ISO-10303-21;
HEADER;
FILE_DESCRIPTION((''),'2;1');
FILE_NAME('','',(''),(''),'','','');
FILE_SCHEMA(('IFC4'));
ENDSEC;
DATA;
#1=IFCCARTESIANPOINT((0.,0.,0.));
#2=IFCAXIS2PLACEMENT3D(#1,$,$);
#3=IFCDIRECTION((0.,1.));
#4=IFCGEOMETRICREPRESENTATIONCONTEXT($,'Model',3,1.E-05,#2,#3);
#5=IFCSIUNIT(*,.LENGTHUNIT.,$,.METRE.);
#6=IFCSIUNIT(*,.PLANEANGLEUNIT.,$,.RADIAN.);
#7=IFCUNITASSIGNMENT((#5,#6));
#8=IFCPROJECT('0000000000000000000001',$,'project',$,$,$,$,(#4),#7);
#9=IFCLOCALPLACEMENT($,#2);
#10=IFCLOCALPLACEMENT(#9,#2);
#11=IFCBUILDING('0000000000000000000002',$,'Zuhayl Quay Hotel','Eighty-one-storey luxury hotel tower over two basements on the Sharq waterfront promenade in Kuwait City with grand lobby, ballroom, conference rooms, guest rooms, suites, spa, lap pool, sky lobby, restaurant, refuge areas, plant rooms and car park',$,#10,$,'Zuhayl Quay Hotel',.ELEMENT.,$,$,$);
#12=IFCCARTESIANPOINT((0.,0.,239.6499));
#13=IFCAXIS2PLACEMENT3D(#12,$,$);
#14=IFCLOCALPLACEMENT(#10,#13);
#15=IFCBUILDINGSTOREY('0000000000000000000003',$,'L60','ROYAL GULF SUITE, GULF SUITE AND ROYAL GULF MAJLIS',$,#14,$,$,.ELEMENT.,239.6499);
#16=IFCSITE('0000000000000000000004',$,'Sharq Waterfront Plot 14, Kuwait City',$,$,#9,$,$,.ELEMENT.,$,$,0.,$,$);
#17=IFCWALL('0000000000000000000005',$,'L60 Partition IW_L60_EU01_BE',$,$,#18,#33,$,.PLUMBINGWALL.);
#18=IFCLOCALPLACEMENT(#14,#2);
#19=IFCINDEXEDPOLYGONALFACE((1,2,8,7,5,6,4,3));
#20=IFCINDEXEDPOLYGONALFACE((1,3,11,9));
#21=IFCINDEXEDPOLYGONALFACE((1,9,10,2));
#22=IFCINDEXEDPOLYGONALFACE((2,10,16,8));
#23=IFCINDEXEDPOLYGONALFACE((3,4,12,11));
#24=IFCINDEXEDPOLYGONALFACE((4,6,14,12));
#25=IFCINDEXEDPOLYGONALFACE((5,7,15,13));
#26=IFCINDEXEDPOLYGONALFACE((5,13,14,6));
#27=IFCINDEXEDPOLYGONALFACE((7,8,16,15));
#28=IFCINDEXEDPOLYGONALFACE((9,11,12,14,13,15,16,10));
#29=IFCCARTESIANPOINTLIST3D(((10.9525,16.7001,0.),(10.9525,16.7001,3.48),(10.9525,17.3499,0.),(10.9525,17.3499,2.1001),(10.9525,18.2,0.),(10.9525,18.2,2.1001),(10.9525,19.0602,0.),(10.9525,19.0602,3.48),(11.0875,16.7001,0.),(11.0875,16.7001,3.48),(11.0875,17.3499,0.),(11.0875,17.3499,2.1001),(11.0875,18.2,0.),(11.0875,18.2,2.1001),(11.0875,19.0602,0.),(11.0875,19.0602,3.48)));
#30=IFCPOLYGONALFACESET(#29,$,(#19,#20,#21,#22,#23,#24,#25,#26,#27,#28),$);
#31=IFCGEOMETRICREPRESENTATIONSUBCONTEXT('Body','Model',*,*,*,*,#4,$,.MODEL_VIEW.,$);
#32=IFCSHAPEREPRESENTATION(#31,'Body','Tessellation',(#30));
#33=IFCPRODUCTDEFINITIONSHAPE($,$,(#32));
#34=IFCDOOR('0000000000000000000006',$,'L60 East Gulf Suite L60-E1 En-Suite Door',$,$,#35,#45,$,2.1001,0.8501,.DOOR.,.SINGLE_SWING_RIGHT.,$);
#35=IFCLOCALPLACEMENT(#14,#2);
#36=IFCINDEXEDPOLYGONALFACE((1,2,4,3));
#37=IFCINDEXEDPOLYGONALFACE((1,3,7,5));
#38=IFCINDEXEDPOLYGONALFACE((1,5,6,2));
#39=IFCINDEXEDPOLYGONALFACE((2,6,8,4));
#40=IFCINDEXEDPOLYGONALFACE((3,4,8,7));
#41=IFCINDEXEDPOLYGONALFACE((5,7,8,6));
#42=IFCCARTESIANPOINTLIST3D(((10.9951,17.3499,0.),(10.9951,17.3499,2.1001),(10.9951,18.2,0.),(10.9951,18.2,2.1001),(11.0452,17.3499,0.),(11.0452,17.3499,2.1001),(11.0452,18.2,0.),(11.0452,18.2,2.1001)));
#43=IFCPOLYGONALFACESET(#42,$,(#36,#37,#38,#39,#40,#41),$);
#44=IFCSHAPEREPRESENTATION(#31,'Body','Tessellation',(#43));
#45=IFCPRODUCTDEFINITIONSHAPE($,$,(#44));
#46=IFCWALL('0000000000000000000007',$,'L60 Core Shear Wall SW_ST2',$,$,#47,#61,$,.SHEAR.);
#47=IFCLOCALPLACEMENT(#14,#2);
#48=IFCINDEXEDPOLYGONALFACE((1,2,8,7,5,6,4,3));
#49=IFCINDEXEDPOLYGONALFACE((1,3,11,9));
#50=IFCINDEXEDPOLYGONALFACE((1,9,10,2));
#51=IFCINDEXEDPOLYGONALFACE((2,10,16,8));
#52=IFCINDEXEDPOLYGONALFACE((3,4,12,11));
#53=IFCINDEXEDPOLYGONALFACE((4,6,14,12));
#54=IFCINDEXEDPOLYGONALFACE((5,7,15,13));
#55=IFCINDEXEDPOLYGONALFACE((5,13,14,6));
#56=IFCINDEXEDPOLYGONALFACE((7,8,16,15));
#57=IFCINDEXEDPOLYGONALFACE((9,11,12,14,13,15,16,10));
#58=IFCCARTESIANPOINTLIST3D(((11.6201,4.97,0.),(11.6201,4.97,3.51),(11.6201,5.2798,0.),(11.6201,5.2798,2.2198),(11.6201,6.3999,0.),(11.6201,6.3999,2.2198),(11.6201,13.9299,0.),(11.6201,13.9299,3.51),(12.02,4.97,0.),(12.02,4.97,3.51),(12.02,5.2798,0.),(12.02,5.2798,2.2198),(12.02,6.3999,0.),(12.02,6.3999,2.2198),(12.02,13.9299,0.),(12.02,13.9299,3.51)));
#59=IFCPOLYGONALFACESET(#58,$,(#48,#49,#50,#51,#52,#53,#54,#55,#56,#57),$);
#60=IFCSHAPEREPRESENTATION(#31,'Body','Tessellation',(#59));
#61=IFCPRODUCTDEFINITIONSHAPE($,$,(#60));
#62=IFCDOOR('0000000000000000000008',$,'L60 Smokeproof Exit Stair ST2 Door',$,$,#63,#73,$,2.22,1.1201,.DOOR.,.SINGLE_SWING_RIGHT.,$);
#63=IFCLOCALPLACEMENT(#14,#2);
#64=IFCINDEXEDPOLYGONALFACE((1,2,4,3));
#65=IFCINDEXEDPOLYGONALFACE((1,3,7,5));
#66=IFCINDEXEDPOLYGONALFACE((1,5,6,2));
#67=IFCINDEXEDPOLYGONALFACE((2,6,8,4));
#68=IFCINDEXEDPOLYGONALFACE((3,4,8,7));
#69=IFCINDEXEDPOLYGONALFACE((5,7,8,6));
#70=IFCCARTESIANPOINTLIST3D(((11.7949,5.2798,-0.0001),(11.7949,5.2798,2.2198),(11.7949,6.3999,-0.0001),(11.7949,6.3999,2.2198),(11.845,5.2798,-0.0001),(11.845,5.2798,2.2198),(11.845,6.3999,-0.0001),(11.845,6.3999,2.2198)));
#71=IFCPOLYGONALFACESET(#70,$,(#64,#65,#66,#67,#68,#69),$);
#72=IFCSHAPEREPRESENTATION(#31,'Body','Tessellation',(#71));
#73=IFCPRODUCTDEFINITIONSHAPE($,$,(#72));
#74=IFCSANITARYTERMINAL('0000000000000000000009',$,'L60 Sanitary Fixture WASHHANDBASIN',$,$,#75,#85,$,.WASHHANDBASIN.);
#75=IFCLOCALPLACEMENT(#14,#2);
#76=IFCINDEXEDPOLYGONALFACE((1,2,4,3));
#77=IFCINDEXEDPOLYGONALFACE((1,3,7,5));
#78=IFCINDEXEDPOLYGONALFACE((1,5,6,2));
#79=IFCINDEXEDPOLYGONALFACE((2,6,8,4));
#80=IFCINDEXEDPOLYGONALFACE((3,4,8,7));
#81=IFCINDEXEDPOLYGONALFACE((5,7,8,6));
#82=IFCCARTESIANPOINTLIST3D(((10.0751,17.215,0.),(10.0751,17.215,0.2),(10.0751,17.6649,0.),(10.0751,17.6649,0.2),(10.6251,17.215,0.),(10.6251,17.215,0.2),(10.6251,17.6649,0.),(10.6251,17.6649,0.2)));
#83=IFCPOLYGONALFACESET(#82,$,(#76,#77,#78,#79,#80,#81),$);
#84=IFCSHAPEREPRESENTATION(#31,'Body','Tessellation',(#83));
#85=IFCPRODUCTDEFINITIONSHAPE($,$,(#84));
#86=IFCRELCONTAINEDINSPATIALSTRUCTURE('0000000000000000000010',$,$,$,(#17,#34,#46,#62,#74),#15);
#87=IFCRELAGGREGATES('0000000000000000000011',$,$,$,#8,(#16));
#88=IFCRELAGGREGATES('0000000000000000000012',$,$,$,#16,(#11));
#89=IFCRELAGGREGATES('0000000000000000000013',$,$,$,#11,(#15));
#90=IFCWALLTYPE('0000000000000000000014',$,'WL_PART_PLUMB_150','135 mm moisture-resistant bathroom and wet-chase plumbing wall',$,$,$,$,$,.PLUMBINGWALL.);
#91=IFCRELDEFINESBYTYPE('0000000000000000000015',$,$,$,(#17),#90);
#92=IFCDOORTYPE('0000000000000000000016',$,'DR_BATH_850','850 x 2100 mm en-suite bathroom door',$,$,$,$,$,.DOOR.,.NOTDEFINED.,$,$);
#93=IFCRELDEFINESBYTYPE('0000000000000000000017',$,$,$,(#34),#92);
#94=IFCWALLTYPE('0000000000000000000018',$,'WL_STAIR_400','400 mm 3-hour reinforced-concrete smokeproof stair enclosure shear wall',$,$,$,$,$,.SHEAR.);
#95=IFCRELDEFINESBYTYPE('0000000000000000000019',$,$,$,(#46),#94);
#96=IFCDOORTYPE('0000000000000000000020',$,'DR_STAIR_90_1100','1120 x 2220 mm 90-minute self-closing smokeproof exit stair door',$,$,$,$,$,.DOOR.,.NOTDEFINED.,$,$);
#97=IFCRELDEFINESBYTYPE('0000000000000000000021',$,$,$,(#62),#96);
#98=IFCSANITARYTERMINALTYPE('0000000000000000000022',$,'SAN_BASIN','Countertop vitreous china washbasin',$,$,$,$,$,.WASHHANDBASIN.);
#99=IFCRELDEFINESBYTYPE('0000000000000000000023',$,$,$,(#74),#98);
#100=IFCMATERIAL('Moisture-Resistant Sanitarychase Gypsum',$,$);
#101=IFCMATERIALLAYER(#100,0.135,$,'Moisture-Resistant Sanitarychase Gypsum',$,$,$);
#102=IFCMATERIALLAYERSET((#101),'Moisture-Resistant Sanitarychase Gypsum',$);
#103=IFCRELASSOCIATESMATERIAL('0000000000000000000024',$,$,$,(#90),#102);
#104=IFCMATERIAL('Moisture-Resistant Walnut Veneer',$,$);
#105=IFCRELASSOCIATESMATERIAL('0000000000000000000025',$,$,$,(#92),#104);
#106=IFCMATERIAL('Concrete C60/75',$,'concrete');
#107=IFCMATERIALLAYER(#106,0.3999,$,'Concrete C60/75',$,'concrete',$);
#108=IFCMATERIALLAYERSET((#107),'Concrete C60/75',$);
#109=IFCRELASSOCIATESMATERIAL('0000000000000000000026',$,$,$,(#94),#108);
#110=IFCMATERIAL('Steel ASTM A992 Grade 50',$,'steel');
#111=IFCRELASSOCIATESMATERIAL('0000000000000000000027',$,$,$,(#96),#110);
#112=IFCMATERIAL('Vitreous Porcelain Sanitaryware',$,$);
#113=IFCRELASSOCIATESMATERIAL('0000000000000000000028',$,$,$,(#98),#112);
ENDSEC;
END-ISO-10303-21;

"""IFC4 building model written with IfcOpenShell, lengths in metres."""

from ifc_helpers import new_model, si_unit, direction, frame, frame_2d, origin, origin_2d, place, context, subcontext, project, spatial, rectangle, extrude, material, layer, layer_set, type_object, element, fill, save


model = new_model("IFC4")

# Units and contexts
model_context = context("Model", 3, precision=1e-05, world=origin(), true_north=direction((0.0, 1.0)))
body_context = subcontext(model_context, "Body", "Model", "MODEL_VIEW")
ifc_project = project(units=[si_unit("LENGTHUNIT", "METRE"), si_unit("PLANEANGLEUNIT", "RADIAN")], contexts=[model_context])

# Site, building, storey
site_placement = place(None, origin())
site = spatial("IfcSite", under=ifc_project, at=site_placement, Name="Sharq Waterfront Plot 14, Kuwait City", CompositionType="ELEMENT", RefElevation=0.0)
building_placement = place(site_placement, origin())
building = spatial("IfcBuilding", under=site, at=building_placement, Name="Zuhayl Quay Hotel", Description="Eighty-one-storey luxury hotel tower over two basements on the Sharq waterfront promenade in Kuwait City with grand lobby, ballroom, conference rooms, guest rooms, suites, spa, lap pool, sky lobby, restaurant, refuge areas, plant rooms and car park", LongName="Zuhayl Quay Hotel", CompositionType="ELEMENT")
storey_placement = place(building_placement, frame((0.0, 0.0, 239.6499)))
storey = spatial("IfcBuildingStorey", under=building, at=storey_placement, Name="L60", Description="ROYAL GULF SUITE, GULF SUITE AND ROYAL GULF MAJLIS", CompositionType="ELEMENT", Elevation=239.6499)

# Shared definitions
ifc_material_1 = material(Name="Concrete C60/75", Category="concrete")

# Walls, openings, doors
ifc_material_2 = material(Name="Moisture-Resistant Sanitarychase Gypsum")
ifc_layer_1 = layer(ifc_material_2, 0.135, Name="Moisture-Resistant Sanitarychase Gypsum")
ifc_layer_set_1 = layer_set([ifc_layer_1], Name="Moisture-Resistant Sanitarychase Gypsum")
wall_type_1 = type_object("IfcWallType", Name="WL_PART_PLUMB_150", Description="135 mm moisture-resistant bathroom and wet-chase plumbing wall", PredefinedType="PLUMBINGWALL", material=ifc_layer_set_1)
wall_1_placement = place(storey_placement, frame((11.02, 16.7, 0.0), z_axis=(0.0, 0.0, 1.0), x_axis=(0.0, 1.0, 0.0)))
wall_1 = element("IfcWall", 1, at=wall_1_placement, inside=storey, type_object=wall_type_1, Name="L60 Partition IW_L60_EU01_BE", PredefinedType="PLUMBINGWALL", context=body_context, shape_type="SweptSolid", body=[
    extrude(rectangle(XDim=2.3601, YDim=0.135, at=frame_2d((1.1802, 0.0))), origin(), (0.0, 0.0, 1.0), 3.48),
])
opening_1_placement = place(wall_1_placement, frame((0.6499, 0.0, 0.0)))
opening_1 = element("IfcOpeningElement", 2, at=opening_1_placement, cuts=wall_1, PredefinedType="OPENING", context=body_context, shape_type="SweptSolid", body=[
    extrude(rectangle(XDim=0.8501, YDim=2.1001, at=frame_2d((0.425, 1.05))), frame((0.0, 0.0774, 0.0), z_axis=(0.0, -1.0, 0.0), x_axis=(1.0, 0.0, 0.0)), (0.0, 0.0, 1.0), 0.155),
])
ifc_material_3 = material(Name="Moisture-Resistant Walnut Veneer")
door_type_1 = type_object("IfcDoorType", Name="DR_BATH_850", Description="850 x 2100 mm en-suite bathroom door", OperationType="NOTDEFINED", PredefinedType="DOOR", material=ifc_material_3)
door_1_placement = place(opening_1_placement, origin())
door_1 = element("IfcDoor", 3, at=door_1_placement, inside=storey, type_object=door_type_1, Name="L60 East Gulf Suite L60-E1 En-Suite Door", OperationType="SINGLE_SWING_RIGHT", OverallHeight=2.1001, OverallWidth=0.8501, PredefinedType="DOOR", context=body_context, shape_type="SweptSolid", body=[
    extrude(rectangle(XDim=0.8501, YDim=2.1001, at=frame_2d((0.425, 1.05))), frame((0.0, 0.0249, 0.0), z_axis=(0.0, -1.0, 0.0), x_axis=(1.0, 0.0, 0.0)), (0.0, 0.0, 1.0), 0.05),
])
fill(opening_1, door_1)
ifc_layer_2 = layer(ifc_material_1, 0.3999, Name="Concrete C60/75", Category="concrete")
ifc_layer_set_2 = layer_set([ifc_layer_2], Name="Concrete C60/75")
wall_type_2 = type_object("IfcWallType", Name="WL_STAIR_400", Description="400 mm 3-hour reinforced-concrete smokeproof stair enclosure shear wall", PredefinedType="SHEAR", material=ifc_layer_set_2)
wall_2_placement = place(storey_placement, frame((11.8201, 13.9299, 0.0), z_axis=(0.0, 0.0, 1.0), x_axis=(0.0, -1.0, 0.0)))
wall_2 = element("IfcWall", 4, at=wall_2_placement, inside=storey, type_object=wall_type_2, Name="L60 Core Shear Wall SW_ST2", PredefinedType="SHEAR", context=body_context, shape_type="SweptSolid", body=[
    extrude(rectangle(XDim=8.96, YDim=0.3999, at=frame_2d((4.48, 0.0))), origin(), (0.0, 0.0, 1.0), 3.51),
])
opening_2_placement = place(wall_2_placement, frame((7.53, 0.0, 0.0)))
opening_2 = element("IfcOpeningElement", 5, at=opening_2_placement, cuts=wall_2, PredefinedType="OPENING", context=body_context, shape_type="SweptSolid", body=[
    extrude(rectangle(XDim=1.1201, YDim=2.22, at=frame_2d((0.5601, 1.1099))), frame((0.0, 0.21, 0.0), z_axis=(0.0, -1.0, 0.0), x_axis=(1.0, 0.0, 0.0)), (0.0, 0.0, 1.0), 0.4199),
])
ifc_material_4 = material(Name="Steel ASTM A992 Grade 50", Category="steel")
door_type_2 = type_object("IfcDoorType", Name="DR_STAIR_90_1100", Description="1120 x 2220 mm 90-minute self-closing smokeproof exit stair door", OperationType="NOTDEFINED", PredefinedType="DOOR", material=ifc_material_4)
door_2_placement = place(opening_2_placement, origin())
door_2 = element("IfcDoor", 6, at=door_2_placement, inside=storey, type_object=door_type_2, Name="L60 Smokeproof Exit Stair ST2 Door", OperationType="SINGLE_SWING_RIGHT", OverallHeight=2.22, OverallWidth=1.1201, PredefinedType="DOOR", context=body_context, shape_type="SweptSolid", body=[
    extrude(rectangle(XDim=1.1201, YDim=2.22, at=frame_2d((0.5601, 1.1099))), frame((0.0, 0.0249, 0.0), z_axis=(0.0, -1.0, 0.0), x_axis=(1.0, 0.0, 0.0)), (0.0, 0.0, 1.0), 0.05),
])
fill(opening_2, door_2)

# Sanitary terminal
ifc_material_5 = material(Name="Vitreous Porcelain Sanitaryware")
sanitary_terminal_type = type_object("IfcSanitaryTerminalType", Name="SAN_BASIN", Description="Countertop vitreous china washbasin", PredefinedType="WASHHANDBASIN", material=ifc_material_5)
sanitary_terminal_placement = place(storey_placement, frame((10.3501, 17.4399, 0.0), z_axis=(0.0, 0.0, 1.0), x_axis=(1.0, 0.0, 0.0)))
element("IfcSanitaryTerminal", 7, at=sanitary_terminal_placement, inside=storey, type_object=sanitary_terminal_type, Name="L60 Sanitary Fixture WASHHANDBASIN", PredefinedType="WASHHANDBASIN", context=body_context, shape_type="SweptSolid", body=[
    extrude(rectangle(XDim=0.55, YDim=0.45, at=origin_2d()), origin(), (0.0, 0.0, 1.0), 0.2),
])

save(model, "model.ifc")
